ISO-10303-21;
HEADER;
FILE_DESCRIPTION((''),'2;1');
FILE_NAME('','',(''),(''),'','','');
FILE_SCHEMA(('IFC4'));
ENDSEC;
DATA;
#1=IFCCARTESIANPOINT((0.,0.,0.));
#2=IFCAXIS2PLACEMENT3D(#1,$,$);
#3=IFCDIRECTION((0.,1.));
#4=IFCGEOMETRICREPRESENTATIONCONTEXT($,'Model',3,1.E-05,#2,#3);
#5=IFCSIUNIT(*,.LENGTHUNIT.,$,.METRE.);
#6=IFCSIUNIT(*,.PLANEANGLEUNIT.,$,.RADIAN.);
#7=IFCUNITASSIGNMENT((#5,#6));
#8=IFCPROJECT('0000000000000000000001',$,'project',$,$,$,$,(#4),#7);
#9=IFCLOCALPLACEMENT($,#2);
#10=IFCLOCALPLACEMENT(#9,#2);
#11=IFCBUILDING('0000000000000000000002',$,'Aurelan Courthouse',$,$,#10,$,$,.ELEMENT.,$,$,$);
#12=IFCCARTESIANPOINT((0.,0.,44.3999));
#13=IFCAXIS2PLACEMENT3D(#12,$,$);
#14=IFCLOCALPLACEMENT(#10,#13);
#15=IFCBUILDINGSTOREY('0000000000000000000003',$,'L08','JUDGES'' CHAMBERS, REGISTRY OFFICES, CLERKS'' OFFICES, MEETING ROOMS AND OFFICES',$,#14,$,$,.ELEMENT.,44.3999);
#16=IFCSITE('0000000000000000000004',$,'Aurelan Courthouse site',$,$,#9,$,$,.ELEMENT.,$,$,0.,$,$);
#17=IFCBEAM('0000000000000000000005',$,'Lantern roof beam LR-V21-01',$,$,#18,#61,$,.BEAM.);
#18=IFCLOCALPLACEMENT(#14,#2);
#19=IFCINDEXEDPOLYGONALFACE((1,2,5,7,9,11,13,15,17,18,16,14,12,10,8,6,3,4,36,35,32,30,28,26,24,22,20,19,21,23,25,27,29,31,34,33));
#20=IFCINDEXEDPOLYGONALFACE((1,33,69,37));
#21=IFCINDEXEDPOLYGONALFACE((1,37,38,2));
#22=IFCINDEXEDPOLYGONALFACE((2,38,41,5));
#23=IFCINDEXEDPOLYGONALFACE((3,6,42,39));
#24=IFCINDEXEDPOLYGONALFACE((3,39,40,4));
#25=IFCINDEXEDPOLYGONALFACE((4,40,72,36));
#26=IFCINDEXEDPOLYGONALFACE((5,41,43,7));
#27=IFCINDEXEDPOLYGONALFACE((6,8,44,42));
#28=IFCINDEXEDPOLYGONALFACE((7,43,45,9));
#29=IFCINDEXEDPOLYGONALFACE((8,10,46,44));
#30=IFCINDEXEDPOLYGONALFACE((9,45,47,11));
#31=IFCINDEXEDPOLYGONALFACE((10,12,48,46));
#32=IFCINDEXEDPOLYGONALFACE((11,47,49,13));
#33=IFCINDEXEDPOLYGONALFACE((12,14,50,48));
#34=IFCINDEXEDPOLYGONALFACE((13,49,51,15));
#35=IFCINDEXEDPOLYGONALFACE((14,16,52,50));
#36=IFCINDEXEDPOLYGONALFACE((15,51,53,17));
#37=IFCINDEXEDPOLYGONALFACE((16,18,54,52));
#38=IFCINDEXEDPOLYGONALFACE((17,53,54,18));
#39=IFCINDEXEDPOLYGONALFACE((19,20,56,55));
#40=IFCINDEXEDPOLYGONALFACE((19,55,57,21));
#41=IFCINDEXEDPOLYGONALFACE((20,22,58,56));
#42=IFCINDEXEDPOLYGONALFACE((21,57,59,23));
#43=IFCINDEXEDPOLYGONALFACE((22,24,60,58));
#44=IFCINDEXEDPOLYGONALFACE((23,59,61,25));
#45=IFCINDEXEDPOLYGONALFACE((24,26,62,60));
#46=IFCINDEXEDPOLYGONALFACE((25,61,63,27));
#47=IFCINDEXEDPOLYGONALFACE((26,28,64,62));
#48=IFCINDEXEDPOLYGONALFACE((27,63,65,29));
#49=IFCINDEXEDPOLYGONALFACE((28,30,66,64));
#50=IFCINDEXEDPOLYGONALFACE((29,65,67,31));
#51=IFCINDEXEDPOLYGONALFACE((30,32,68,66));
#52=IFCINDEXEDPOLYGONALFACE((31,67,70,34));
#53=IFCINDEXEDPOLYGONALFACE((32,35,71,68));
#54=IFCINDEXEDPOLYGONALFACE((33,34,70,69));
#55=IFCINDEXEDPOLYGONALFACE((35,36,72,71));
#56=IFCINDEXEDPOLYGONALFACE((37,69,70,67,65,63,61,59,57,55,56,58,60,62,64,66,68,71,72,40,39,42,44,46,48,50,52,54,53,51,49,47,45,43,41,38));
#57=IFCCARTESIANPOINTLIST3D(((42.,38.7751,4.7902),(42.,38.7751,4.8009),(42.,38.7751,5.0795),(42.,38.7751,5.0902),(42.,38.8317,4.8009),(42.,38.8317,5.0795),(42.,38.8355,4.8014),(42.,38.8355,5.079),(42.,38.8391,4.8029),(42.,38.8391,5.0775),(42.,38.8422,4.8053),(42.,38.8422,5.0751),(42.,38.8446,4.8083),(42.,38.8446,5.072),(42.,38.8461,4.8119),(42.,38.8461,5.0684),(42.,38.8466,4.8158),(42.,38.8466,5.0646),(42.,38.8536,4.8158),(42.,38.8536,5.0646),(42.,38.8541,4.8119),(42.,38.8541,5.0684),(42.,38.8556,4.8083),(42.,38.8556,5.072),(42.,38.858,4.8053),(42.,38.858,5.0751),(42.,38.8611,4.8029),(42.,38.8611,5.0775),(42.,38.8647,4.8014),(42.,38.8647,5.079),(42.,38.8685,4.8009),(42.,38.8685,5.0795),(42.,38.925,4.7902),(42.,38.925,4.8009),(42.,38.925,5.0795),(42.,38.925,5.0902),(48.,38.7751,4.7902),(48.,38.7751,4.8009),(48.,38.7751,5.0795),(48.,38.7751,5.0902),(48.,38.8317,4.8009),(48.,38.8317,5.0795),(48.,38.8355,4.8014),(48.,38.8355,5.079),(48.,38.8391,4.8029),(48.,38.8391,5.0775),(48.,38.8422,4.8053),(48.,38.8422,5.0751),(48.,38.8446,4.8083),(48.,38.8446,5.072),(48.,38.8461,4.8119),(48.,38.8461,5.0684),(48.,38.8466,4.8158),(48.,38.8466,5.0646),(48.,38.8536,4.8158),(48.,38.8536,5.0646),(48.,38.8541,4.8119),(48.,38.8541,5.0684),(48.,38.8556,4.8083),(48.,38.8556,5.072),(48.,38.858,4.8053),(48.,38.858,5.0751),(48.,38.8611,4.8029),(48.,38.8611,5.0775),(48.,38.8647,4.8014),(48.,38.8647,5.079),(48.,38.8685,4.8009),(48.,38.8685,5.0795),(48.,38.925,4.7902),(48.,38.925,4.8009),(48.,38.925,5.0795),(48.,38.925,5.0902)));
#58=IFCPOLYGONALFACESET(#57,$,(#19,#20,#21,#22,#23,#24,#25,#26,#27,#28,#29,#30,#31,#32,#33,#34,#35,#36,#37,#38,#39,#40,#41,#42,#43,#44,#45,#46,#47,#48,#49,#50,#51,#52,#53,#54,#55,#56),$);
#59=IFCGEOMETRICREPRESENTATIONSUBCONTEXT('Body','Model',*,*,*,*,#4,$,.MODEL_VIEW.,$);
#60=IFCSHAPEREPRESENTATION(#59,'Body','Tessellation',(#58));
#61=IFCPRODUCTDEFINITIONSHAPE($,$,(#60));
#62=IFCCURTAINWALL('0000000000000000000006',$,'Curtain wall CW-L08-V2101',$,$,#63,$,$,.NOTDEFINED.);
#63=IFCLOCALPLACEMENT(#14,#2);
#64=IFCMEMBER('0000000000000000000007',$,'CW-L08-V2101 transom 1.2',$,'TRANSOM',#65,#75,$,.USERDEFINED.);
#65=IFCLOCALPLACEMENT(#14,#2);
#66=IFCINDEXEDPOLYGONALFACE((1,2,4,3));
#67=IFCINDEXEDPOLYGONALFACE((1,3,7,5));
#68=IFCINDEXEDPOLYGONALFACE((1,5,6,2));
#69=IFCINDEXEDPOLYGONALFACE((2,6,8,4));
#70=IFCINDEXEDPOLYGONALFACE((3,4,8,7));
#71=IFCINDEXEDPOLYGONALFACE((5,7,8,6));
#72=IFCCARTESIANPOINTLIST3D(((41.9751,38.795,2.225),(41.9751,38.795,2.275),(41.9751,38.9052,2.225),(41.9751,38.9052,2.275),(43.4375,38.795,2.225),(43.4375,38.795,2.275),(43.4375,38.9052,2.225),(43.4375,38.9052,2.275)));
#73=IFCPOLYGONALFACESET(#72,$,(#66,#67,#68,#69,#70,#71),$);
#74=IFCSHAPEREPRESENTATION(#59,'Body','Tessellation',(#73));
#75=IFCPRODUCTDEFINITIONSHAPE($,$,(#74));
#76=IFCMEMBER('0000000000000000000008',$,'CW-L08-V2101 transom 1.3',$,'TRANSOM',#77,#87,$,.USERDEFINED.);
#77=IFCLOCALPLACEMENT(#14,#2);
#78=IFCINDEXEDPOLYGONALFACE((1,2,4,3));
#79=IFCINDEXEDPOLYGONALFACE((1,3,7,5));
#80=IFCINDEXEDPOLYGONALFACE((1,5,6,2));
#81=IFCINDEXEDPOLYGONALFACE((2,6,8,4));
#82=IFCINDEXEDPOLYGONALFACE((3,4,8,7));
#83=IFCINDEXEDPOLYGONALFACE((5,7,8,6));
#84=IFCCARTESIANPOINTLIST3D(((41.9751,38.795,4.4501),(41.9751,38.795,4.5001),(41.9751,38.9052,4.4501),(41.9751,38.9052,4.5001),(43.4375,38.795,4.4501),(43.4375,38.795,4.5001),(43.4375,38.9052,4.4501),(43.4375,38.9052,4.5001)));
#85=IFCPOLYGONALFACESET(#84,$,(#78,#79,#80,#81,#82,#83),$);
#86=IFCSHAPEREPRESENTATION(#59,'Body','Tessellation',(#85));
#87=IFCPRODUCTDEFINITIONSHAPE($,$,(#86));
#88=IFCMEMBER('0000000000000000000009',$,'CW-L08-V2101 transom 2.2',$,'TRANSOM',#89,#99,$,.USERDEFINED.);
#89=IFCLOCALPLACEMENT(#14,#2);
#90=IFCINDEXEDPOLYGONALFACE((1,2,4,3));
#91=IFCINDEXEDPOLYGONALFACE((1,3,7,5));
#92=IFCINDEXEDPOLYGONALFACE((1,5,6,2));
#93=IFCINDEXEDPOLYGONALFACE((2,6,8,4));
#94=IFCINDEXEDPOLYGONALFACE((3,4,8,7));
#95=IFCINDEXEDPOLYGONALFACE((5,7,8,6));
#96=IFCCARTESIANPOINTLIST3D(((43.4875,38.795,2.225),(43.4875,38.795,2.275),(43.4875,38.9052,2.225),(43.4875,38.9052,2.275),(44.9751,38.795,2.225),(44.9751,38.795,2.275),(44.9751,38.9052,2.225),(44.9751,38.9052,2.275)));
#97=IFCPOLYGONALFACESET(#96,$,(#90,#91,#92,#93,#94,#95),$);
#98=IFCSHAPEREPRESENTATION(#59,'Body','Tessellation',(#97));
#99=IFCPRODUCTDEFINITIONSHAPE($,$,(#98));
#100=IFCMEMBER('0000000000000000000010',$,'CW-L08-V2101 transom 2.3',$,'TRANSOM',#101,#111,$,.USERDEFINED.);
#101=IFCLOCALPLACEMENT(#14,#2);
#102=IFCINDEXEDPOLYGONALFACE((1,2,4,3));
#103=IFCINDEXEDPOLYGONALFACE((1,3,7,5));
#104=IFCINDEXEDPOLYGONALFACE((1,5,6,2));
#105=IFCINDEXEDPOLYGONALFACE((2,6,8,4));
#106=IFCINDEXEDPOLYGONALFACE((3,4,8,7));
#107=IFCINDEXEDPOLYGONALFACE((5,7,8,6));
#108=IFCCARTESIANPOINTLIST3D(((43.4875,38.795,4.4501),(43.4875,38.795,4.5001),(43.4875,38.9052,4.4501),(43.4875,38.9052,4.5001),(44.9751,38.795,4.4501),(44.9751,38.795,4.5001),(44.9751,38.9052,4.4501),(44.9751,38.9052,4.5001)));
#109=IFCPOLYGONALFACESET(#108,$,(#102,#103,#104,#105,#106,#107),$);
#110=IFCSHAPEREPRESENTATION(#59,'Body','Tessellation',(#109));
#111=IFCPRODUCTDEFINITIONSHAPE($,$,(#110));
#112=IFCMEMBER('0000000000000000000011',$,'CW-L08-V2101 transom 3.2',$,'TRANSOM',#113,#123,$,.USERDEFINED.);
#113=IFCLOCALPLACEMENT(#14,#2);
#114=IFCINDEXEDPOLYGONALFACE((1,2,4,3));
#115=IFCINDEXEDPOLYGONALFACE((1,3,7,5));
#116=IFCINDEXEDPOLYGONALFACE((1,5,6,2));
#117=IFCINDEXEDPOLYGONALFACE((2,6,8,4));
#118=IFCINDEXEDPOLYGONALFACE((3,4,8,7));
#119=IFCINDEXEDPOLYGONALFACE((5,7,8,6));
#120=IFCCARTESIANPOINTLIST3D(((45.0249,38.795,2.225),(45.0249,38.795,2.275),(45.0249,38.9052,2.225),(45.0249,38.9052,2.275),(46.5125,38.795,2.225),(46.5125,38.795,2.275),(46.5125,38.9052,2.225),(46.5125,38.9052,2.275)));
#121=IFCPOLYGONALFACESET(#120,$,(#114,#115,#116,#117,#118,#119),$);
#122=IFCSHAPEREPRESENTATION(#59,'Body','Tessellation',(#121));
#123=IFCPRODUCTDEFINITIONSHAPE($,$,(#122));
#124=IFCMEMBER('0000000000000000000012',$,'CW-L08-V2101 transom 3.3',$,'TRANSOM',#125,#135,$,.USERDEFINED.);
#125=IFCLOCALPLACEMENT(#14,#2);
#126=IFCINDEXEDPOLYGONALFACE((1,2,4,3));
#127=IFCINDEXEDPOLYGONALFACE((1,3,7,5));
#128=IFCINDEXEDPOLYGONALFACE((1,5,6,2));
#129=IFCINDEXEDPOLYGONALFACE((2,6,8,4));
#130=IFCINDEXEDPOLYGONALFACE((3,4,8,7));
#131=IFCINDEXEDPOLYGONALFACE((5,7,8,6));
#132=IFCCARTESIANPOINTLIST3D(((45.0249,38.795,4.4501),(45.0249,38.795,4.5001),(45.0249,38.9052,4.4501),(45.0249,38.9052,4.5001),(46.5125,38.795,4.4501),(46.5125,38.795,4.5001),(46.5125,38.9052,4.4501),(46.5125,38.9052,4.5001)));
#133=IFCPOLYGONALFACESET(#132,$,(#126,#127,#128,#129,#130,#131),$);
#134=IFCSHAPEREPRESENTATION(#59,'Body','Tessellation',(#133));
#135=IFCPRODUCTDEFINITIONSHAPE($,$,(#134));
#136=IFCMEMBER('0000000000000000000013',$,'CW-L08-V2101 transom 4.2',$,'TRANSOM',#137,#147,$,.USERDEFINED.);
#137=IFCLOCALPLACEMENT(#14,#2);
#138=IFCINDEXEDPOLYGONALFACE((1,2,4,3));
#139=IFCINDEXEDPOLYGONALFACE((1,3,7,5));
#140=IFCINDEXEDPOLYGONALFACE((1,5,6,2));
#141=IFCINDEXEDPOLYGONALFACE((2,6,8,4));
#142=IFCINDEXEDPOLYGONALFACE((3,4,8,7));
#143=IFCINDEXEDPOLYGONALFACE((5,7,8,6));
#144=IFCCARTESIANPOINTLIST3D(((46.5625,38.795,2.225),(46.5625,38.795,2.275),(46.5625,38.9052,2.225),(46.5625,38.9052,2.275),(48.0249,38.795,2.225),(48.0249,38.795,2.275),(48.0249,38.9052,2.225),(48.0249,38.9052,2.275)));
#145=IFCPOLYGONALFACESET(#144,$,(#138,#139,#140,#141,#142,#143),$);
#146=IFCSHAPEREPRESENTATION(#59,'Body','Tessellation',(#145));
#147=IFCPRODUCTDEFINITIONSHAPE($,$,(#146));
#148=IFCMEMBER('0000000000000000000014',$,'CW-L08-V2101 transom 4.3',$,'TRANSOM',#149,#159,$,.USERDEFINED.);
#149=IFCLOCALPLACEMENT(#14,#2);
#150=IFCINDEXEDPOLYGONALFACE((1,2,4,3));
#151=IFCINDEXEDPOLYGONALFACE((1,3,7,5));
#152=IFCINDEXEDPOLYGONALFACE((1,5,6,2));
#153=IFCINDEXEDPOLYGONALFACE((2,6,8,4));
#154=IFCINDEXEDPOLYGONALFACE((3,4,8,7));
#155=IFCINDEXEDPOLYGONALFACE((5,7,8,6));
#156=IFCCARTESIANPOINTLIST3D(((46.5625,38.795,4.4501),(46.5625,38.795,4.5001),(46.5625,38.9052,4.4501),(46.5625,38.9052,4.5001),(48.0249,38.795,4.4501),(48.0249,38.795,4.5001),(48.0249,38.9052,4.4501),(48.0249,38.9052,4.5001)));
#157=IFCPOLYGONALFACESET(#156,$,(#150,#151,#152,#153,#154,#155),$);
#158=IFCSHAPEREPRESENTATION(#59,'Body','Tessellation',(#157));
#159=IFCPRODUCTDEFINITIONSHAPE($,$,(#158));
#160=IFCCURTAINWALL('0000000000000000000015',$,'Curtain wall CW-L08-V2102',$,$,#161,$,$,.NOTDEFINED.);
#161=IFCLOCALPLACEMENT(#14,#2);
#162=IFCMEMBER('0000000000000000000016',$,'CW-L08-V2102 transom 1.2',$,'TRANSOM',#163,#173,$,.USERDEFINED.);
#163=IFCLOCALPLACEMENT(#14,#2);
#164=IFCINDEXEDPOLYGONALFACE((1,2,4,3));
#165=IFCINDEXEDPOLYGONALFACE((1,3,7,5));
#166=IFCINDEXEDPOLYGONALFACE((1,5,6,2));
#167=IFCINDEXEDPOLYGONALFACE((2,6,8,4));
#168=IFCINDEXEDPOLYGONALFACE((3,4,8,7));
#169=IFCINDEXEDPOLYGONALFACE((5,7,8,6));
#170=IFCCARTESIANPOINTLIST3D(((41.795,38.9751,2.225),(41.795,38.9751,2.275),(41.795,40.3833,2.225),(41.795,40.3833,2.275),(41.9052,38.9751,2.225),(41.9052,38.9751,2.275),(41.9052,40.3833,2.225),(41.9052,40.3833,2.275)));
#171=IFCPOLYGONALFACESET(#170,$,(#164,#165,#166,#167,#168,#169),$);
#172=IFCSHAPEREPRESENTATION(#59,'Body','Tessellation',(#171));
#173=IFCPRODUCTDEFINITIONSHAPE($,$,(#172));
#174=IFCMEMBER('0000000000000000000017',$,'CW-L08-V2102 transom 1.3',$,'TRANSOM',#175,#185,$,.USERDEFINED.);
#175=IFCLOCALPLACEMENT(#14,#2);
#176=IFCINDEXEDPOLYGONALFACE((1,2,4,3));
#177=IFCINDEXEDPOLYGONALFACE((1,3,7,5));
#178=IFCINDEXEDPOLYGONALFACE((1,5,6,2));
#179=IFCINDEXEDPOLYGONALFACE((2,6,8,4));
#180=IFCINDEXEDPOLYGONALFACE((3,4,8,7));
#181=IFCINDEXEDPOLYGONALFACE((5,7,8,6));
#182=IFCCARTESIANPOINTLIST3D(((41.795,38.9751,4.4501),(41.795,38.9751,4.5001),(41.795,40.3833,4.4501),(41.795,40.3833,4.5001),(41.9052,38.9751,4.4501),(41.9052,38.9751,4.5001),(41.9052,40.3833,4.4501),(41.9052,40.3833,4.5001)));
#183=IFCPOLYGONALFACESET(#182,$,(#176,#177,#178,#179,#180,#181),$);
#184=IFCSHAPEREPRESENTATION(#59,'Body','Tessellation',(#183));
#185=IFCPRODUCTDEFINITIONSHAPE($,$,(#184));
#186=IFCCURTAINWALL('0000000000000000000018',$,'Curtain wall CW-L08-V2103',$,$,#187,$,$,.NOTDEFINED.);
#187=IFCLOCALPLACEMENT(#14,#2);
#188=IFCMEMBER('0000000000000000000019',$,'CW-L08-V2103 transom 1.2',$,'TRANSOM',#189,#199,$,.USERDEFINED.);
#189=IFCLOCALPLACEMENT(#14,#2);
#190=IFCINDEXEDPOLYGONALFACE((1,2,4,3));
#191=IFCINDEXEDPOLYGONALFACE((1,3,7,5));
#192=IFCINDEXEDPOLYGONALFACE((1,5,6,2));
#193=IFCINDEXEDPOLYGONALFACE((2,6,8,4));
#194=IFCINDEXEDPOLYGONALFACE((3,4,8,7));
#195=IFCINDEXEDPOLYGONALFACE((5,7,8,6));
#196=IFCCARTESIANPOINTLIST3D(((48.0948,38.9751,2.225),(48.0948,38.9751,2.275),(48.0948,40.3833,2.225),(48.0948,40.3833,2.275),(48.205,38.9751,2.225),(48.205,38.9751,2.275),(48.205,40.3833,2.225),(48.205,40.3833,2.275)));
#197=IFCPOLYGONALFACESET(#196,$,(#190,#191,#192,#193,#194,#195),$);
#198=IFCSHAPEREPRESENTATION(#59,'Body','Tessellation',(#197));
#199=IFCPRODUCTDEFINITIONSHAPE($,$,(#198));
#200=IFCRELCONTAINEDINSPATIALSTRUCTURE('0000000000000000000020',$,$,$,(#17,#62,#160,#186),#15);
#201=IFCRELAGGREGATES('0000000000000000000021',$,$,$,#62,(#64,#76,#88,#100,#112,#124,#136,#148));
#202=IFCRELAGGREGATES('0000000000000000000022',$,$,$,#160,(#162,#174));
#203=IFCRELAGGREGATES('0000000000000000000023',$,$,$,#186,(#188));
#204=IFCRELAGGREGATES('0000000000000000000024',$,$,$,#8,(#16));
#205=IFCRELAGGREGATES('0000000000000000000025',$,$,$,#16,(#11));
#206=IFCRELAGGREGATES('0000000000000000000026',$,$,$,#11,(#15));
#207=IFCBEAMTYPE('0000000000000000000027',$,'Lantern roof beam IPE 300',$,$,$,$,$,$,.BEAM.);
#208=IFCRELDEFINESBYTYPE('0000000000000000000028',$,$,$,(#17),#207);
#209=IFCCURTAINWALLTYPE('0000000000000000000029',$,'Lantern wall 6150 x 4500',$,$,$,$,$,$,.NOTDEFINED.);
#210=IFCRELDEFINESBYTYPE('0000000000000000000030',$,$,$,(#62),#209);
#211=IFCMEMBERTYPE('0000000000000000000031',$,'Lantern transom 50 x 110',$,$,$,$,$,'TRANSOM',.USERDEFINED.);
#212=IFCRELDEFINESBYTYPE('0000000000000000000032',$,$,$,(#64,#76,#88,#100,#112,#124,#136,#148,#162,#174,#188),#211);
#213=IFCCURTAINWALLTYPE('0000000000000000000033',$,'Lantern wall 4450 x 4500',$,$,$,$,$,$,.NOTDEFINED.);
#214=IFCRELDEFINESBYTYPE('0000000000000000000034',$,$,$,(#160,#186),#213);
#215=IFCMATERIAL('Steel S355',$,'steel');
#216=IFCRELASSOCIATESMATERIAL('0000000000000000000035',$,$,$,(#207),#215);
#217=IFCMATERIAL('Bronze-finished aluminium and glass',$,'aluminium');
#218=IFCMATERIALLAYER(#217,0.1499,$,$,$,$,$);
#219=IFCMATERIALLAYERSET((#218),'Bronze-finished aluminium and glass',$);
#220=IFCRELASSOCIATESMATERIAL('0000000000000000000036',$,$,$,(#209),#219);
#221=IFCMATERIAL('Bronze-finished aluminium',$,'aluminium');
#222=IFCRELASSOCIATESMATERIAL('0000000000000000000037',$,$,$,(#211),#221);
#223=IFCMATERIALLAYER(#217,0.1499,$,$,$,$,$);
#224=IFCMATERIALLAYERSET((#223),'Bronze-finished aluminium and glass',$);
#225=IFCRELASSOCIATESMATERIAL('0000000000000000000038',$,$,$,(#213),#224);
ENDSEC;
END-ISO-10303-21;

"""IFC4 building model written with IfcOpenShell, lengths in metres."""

from ifc_helpers import new_model, si_unit, direction, frame, origin, origin_2d, place, context, subcontext, project, spatial, rectangle, i_section, extrude, material, layer, layer_set, material_profile, profile_set, type_object, element, aggregate, save


model = new_model("IFC4")

# Units and contexts
model_context = context("Model", 3, precision=1e-05, world=origin(), true_north=direction((0.0, 1.0)))
body_context = subcontext(model_context, "Body", "Model", "MODEL_VIEW")
ifc_project = project(units=[si_unit("LENGTHUNIT", "METRE"), si_unit("PLANEANGLEUNIT", "RADIAN")], contexts=[model_context])

# Site, building, storey
site_placement = place(None, origin())
site = spatial("IfcSite", under=ifc_project, at=site_placement, Name="Aurelan Courthouse site", CompositionType="ELEMENT", RefElevation=0.0)
building_placement = place(site_placement, origin())
building = spatial("IfcBuilding", under=site, at=building_placement, Name="Aurelan Courthouse", CompositionType="ELEMENT")
storey_placement = place(building_placement, frame((0.0, 0.0, 44.3999)))
storey = spatial("IfcBuildingStorey", under=building, at=storey_placement, Name="L08", Description="JUDGES' CHAMBERS, REGISTRY OFFICES, CLERKS' OFFICES, MEETING ROOMS AND OFFICES", CompositionType="ELEMENT", Elevation=44.3999)

# Shared definitions
ifc_material_1 = material(Name="Steel S355", Category="steel")

# Beam
ifc_material_profile_1 = material_profile(ifc_material_1, i_section(OverallWidth=0.1499, OverallDepth=0.3, WebThickness=0.0071, FlangeThickness=0.0107, FilletRadius=0.0149, at=origin_2d()), Name="IPE 300")
ifc_profile_set_1 = profile_set([ifc_material_profile_1], Name="Steel S355")
beam_type_1 = type_object("IfcBeamType", Name="Lantern roof beam IPE 300", PredefinedType="BEAM", material=ifc_profile_set_1)
beam_placement = place(storey_placement, frame((42.0, 38.8501, 4.9402), z_axis=(1.0, 0.0, 0.0), x_axis=(0.0, 1.0, 0.0)))
element("IfcBeam", 1, at=beam_placement, inside=storey, type_object=beam_type_1, Name="Lantern roof beam LR-V21-01", PredefinedType="BEAM", context=body_context, shape_type="SweptSolid", body=[
    extrude(i_section(OverallWidth=0.1499, OverallDepth=0.3, WebThickness=0.0071, FlangeThickness=0.0107, FilletRadius=0.0149, at=origin_2d()), origin(), (0.0, 0.0, 1.0), 6.0),
])

# Curtain walls, members
ifc_material_2 = material(Name="Bronze-finished aluminium and glass", Category="aluminium")
ifc_layer_1 = layer(ifc_material_2, 0.1499)
ifc_layer_set_1 = layer_set([ifc_layer_1], Name="Bronze-finished aluminium and glass")
curtain_wall_type_1 = type_object("IfcCurtainWallType", Name="Lantern wall 6150 x 4500", PredefinedType="NOTDEFINED", material=ifc_layer_set_1)
curtain_wall_1_placement = place(storey_placement, origin())
curtain_wall_1 = element("IfcCurtainWall", 2, at=curtain_wall_1_placement, inside=storey, type_object=curtain_wall_type_1, Name="Curtain wall CW-L08-V2101", PredefinedType="NOTDEFINED")
ifc_material_3 = material(Name="Bronze-finished aluminium", Category="aluminium")
ifc_material_profile_2 = material_profile(ifc_material_3, rectangle(XDim=0.1101, YDim=0.05, at=origin_2d()), Name="Lantern transom 50 x 110")
ifc_profile_set_2 = profile_set([ifc_material_profile_2], Name="Bronze-finished aluminium")
member_type_1 = type_object("IfcMemberType", Name="Lantern transom 50 x 110", ElementType="TRANSOM", PredefinedType="USERDEFINED", material=ifc_profile_set_2)
member_1_placement = place(storey_placement, frame((41.9751, 38.8501, 2.25), z_axis=(1.0, 0.0, 0.0), x_axis=(0.0, 1.0, 0.0)))
member_1 = element("IfcMember", 3, at=member_1_placement, type_object=member_type_1, Name="CW-L08-V2101 transom 1.2", ObjectType="TRANSOM", PredefinedType="USERDEFINED", context=body_context, shape_type="SweptSolid", body=[
    extrude(rectangle(XDim=0.1101, YDim=0.05, at=origin_2d()), origin(), (0.0, 0.0, 1.0), 1.4624),
])
member_2_placement = place(storey_placement, frame((41.9751, 38.8501, 4.4751), z_axis=(1.0, 0.0, 0.0), x_axis=(0.0, 1.0, 0.0)))
member_2 = element("IfcMember", 4, at=member_2_placement, type_object=member_type_1, Name="CW-L08-V2101 transom 1.3", ObjectType="TRANSOM", PredefinedType="USERDEFINED", context=body_context, shape_type="SweptSolid", body=[
    extrude(rectangle(XDim=0.1101, YDim=0.05, at=origin_2d()), origin(), (0.0, 0.0, 1.0), 1.4624),
])
member_3_placement = place(storey_placement, frame((43.4875, 38.8501, 2.25), z_axis=(1.0, 0.0, 0.0), x_axis=(0.0, 1.0, 0.0)))
member_3 = element("IfcMember", 5, at=member_3_placement, type_object=member_type_1, Name="CW-L08-V2101 transom 2.2", ObjectType="TRANSOM", PredefinedType="USERDEFINED", context=body_context, shape_type="SweptSolid", body=[
    extrude(rectangle(XDim=0.1101, YDim=0.05, at=origin_2d()), origin(), (0.0, 0.0, 1.0), 1.4875),
])
member_4_placement = place(storey_placement, frame((43.4875, 38.8501, 4.4751), z_axis=(1.0, 0.0, 0.0), x_axis=(0.0, 1.0, 0.0)))
member_4 = element("IfcMember", 6, at=member_4_placement, type_object=member_type_1, Name="CW-L08-V2101 transom 2.3", ObjectType="TRANSOM", PredefinedType="USERDEFINED", context=body_context, shape_type="SweptSolid", body=[
    extrude(rectangle(XDim=0.1101, YDim=0.05, at=origin_2d()), origin(), (0.0, 0.0, 1.0), 1.4875),
])
member_5_placement = place(storey_placement, frame((45.0249, 38.8501, 2.25), z_axis=(1.0, 0.0, 0.0), x_axis=(0.0, 1.0, 0.0)))
member_5 = element("IfcMember", 7, at=member_5_placement, type_object=member_type_1, Name="CW-L08-V2101 transom 3.2", ObjectType="TRANSOM", PredefinedType="USERDEFINED", context=body_context, shape_type="SweptSolid", body=[
    extrude(rectangle(XDim=0.1101, YDim=0.05, at=origin_2d()), origin(), (0.0, 0.0, 1.0), 1.4875),
])
member_6_placement = place(storey_placement, frame((45.0249, 38.8501, 4.4751), z_axis=(1.0, 0.0, 0.0), x_axis=(0.0, 1.0, 0.0)))
member_6 = element("IfcMember", 8, at=member_6_placement, type_object=member_type_1, Name="CW-L08-V2101 transom 3.3", ObjectType="TRANSOM", PredefinedType="USERDEFINED", context=body_context, shape_type="SweptSolid", body=[
    extrude(rectangle(XDim=0.1101, YDim=0.05, at=origin_2d()), origin(), (0.0, 0.0, 1.0), 1.4875),
])
member_7_placement = place(storey_placement, frame((46.5625, 38.8501, 2.25), z_axis=(1.0, 0.0, 0.0), x_axis=(0.0, 1.0, 0.0)))
member_7 = element("IfcMember", 9, at=member_7_placement, type_object=member_type_1, Name="CW-L08-V2101 transom 4.2", ObjectType="TRANSOM", PredefinedType="USERDEFINED", context=body_context, shape_type="SweptSolid", body=[
    extrude(rectangle(XDim=0.1101, YDim=0.05, at=origin_2d()), origin(), (0.0, 0.0, 1.0), 1.4624),
])
member_8_placement = place(storey_placement, frame((46.5625, 38.8501, 4.4751), z_axis=(1.0, 0.0, 0.0), x_axis=(0.0, 1.0, 0.0)))
member_8 = element("IfcMember", 10, at=member_8_placement, type_object=member_type_1, Name="CW-L08-V2101 transom 4.3", ObjectType="TRANSOM", PredefinedType="USERDEFINED", context=body_context, shape_type="SweptSolid", body=[
    extrude(rectangle(XDim=0.1101, YDim=0.05, at=origin_2d()), origin(), (0.0, 0.0, 1.0), 1.4624),
])
ifc_layer_2 = layer(ifc_material_2, 0.1499)
ifc_layer_set_2 = layer_set([ifc_layer_2], Name="Bronze-finished aluminium and glass")
curtain_wall_type_2 = type_object("IfcCurtainWallType", Name="Lantern wall 4450 x 4500", PredefinedType="NOTDEFINED", material=ifc_layer_set_2)
curtain_wall_2_placement = place(storey_placement, origin())
curtain_wall_2 = element("IfcCurtainWall", 11, at=curtain_wall_2_placement, inside=storey, type_object=curtain_wall_type_2, Name="Curtain wall CW-L08-V2102", PredefinedType="NOTDEFINED")
member_9_placement = place(storey_placement, frame((41.8501, 38.9751, 2.25), z_axis=(0.0, 1.0, 0.0), x_axis=(-1.0, 0.0, 0.0)))
member_9 = element("IfcMember", 12, at=member_9_placement, type_object=member_type_1, Name="CW-L08-V2102 transom 1.2", ObjectType="TRANSOM", PredefinedType="USERDEFINED", context=body_context, shape_type="SweptSolid", body=[
    extrude(rectangle(XDim=0.1101, YDim=0.05, at=origin_2d()), origin(), (0.0, 0.0, 1.0), 1.4082),
])
member_10_placement = place(storey_placement, frame((41.8501, 38.9751, 4.4751), z_axis=(0.0, 1.0, 0.0), x_axis=(-1.0, 0.0, 0.0)))
member_10 = element("IfcMember", 13, at=member_10_placement, type_object=member_type_1, Name="CW-L08-V2102 transom 1.3", ObjectType="TRANSOM", PredefinedType="USERDEFINED", context=body_context, shape_type="SweptSolid", body=[
    extrude(rectangle(XDim=0.1101, YDim=0.05, at=origin_2d()), origin(), (0.0, 0.0, 1.0), 1.4082),
])
curtain_wall_3_placement = place(storey_placement, origin())
curtain_wall_3 = element("IfcCurtainWall", 14, at=curtain_wall_3_placement, inside=storey, type_object=curtain_wall_type_2, Name="Curtain wall CW-L08-V2103", PredefinedType="NOTDEFINED")
member_11_placement = place(storey_placement, frame((48.1499, 38.9751, 2.25), z_axis=(0.0, 1.0, 0.0), x_axis=(-1.0, 0.0, 0.0)))
member_11 = element("IfcMember", 15, at=member_11_placement, type_object=member_type_1, Name="CW-L08-V2103 transom 1.2", ObjectType="TRANSOM", PredefinedType="USERDEFINED", context=body_context, shape_type="SweptSolid", body=[
    extrude(rectangle(XDim=0.1101, YDim=0.05, at=origin_2d()), origin(), (0.0, 0.0, 1.0), 1.4082),
])

aggregate(curtain_wall_1, [member_1, member_2, member_3, member_4, member_5, member_6, member_7, member_8])
aggregate(curtain_wall_2, [member_9, member_10])
aggregate(curtain_wall_3, [member_11])

save(model, "model.ifc")
